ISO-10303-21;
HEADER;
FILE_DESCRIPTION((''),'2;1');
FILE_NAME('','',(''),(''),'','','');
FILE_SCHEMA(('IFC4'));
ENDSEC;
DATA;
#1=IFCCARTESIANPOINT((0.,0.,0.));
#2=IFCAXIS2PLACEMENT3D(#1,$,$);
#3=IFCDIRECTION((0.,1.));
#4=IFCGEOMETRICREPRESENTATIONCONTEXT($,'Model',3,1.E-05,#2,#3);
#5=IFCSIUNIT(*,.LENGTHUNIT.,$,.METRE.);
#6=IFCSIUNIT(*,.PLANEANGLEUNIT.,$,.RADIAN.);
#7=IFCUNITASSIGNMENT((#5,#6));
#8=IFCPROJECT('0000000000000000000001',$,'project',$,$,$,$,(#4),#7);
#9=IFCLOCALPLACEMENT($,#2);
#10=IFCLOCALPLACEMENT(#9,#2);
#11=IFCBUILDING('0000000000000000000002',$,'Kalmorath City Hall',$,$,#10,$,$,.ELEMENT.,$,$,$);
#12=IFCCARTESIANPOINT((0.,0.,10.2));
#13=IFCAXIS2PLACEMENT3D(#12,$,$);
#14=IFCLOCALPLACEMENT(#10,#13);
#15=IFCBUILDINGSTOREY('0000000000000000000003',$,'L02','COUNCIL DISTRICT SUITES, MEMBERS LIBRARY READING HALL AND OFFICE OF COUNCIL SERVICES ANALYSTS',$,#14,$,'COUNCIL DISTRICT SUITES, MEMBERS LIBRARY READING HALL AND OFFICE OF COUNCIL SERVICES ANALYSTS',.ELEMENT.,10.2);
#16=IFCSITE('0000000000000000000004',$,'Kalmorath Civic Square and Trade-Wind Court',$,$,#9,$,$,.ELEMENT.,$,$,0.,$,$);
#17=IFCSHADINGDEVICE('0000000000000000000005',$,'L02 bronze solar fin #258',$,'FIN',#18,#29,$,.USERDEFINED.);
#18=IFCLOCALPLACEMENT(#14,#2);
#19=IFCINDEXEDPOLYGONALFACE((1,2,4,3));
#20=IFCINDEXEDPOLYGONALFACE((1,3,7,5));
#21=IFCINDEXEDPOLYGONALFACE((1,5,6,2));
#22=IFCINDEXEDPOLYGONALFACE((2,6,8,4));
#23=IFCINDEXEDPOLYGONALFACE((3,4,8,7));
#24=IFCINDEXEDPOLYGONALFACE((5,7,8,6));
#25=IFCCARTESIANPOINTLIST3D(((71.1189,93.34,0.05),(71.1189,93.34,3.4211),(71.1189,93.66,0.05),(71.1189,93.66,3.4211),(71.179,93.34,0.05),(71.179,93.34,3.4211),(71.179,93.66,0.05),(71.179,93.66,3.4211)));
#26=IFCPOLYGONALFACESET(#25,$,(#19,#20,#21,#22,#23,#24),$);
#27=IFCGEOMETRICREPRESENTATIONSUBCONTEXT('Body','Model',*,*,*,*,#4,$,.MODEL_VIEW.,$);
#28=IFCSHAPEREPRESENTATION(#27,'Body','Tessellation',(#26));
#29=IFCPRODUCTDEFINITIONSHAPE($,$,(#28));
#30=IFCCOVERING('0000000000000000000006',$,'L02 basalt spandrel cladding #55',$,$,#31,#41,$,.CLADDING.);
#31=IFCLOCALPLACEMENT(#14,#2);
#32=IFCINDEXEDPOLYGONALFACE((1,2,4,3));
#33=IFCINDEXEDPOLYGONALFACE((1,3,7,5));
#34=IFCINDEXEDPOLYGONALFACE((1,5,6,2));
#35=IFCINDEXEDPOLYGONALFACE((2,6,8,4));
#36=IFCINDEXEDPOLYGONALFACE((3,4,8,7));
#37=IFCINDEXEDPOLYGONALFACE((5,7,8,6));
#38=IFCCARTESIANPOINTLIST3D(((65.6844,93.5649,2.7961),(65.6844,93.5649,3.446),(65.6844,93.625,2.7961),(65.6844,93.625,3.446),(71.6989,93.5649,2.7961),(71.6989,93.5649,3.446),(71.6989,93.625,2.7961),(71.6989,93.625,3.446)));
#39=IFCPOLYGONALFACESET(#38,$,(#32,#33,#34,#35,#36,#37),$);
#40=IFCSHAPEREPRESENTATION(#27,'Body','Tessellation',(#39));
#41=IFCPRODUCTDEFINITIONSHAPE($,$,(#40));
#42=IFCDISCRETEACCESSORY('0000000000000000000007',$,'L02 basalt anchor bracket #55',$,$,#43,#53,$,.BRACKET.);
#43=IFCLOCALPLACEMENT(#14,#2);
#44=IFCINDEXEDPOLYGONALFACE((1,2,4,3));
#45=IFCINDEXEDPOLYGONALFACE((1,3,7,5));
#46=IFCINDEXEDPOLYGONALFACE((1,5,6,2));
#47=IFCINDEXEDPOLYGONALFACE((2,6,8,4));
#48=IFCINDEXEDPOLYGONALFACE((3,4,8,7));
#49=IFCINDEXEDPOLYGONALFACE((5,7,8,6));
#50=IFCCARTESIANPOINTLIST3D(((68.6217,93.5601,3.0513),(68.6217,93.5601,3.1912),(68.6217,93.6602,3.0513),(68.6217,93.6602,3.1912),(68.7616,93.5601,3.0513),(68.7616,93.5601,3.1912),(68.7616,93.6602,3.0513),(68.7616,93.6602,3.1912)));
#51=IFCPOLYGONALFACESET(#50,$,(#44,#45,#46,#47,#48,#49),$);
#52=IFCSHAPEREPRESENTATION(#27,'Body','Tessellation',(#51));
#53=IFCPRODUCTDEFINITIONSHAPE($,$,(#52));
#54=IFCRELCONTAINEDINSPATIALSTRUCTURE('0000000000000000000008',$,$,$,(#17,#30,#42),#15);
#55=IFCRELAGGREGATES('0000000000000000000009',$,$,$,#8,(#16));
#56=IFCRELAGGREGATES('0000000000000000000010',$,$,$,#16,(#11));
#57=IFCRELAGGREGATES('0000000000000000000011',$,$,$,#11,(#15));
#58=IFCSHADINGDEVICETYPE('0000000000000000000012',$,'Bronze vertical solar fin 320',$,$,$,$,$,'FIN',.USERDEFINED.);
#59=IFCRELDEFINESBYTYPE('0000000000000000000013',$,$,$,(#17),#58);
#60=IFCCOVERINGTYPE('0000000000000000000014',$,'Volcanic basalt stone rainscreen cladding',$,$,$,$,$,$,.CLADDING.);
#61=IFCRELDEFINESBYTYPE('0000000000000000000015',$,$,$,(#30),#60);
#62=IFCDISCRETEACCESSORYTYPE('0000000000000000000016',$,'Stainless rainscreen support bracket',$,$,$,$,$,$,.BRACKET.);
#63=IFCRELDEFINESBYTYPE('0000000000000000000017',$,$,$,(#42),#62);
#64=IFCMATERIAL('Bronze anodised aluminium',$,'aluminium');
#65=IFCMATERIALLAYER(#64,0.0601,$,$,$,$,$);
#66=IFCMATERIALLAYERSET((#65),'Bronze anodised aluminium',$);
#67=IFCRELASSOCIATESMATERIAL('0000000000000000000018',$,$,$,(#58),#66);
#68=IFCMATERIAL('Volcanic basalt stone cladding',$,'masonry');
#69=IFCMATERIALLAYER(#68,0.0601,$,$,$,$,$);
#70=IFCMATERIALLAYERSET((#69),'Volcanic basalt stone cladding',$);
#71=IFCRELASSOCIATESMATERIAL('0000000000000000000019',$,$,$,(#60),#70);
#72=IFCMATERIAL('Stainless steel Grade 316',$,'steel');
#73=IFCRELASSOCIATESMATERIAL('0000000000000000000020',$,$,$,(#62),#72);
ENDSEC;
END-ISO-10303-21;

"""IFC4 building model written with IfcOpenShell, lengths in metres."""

from ifc_helpers import new_model, si_unit, direction, frame, origin, origin_2d, place, context, subcontext, project, spatial, rectangle, extrude, material, layer, layer_set, type_object, element, save


model = new_model("IFC4")

# Units and contexts
model_context = context("Model", 3, precision=1e-05, world=origin(), true_north=direction((0.0, 1.0)))
body_context = subcontext(model_context, "Body", "Model", "MODEL_VIEW")
ifc_project = project(units=[si_unit("LENGTHUNIT", "METRE"), si_unit("PLANEANGLEUNIT", "RADIAN")], contexts=[model_context])

# Site, building, storey
site_placement = place(None, origin())
site = spatial("IfcSite", under=ifc_project, at=site_placement, Name="Kalmorath Civic Square and Trade-Wind Court", CompositionType="ELEMENT", RefElevation=0.0)
building_placement = place(site_placement, origin())
building = spatial("IfcBuilding", under=site, at=building_placement, Name="Kalmorath City Hall", CompositionType="ELEMENT")
storey_placement = place(building_placement, frame((0.0, 0.0, 10.2)))
storey = spatial("IfcBuildingStorey", under=building, at=storey_placement, Name="L02", Description="COUNCIL DISTRICT SUITES, MEMBERS LIBRARY READING HALL AND OFFICE OF COUNCIL SERVICES ANALYSTS", LongName="COUNCIL DISTRICT SUITES, MEMBERS LIBRARY READING HALL AND OFFICE OF COUNCIL SERVICES ANALYSTS", CompositionType="ELEMENT", Elevation=10.2)

# Shading device
ifc_material_1 = material(Name="Bronze anodised aluminium", Category="aluminium")
ifc_layer_1 = layer(ifc_material_1, 0.0601)
ifc_layer_set_1 = layer_set([ifc_layer_1], Name="Bronze anodised aluminium")
shading_device_type = type_object("IfcShadingDeviceType", Name="Bronze vertical solar fin 320", ElementType="FIN", PredefinedType="USERDEFINED", material=ifc_layer_set_1)
shading_device_placement = place(storey_placement, frame((71.1489, 93.5, 0.05), z_axis=(0.0, 0.0, 1.0), x_axis=(-1.0, 0.0, 0.0)))
element("IfcShadingDevice", 1, at=shading_device_placement, inside=storey, type_object=shading_device_type, Name="L02 bronze solar fin #258", ObjectType="FIN", PredefinedType="USERDEFINED", context=body_context, shape_type="SweptSolid", body=[
    extrude(rectangle(XDim=0.0601, YDim=0.3201, at=origin_2d()), origin(), (0.0, 0.0, 1.0), 3.3711),
])

# Covering
ifc_material_2 = material(Name="Volcanic basalt stone cladding", Category="masonry")
ifc_layer_2 = layer(ifc_material_2, 0.0601)
ifc_layer_set_2 = layer_set([ifc_layer_2], Name="Volcanic basalt stone cladding")
covering_type = type_object("IfcCoveringType", Name="Volcanic basalt stone rainscreen cladding", PredefinedType="CLADDING", material=ifc_layer_set_2)
covering_placement = place(storey_placement, frame((68.6917, 93.595, 2.7961), z_axis=(0.0, 0.0, 1.0), x_axis=(-1.0, 0.0, 0.0)))
element("IfcCovering", 2, at=covering_placement, inside=storey, type_object=covering_type, Name="L02 basalt spandrel cladding #55", PredefinedType="CLADDING", context=body_context, shape_type="SweptSolid", body=[
    extrude(rectangle(XDim=6.0144, YDim=0.0601, at=origin_2d()), origin(), (0.0, 0.0, 1.0), 0.6499),
])

# Discrete accessory
ifc_material_3 = material(Name="Stainless steel Grade 316", Category="steel")
discrete_accessory_type = type_object("IfcDiscreteAccessoryType", Name="Stainless rainscreen support bracket", PredefinedType="BRACKET", material=ifc_material_3)
discrete_accessory_placement = place(storey_placement, frame((68.6917, 93.6101, 3.0513), z_axis=(0.0, 0.0, 1.0), x_axis=(-1.0, 0.0, 0.0)))
element("IfcDiscreteAccessory", 3, at=discrete_accessory_placement, inside=storey, type_object=discrete_accessory_type, Name="L02 basalt anchor bracket #55", PredefinedType="BRACKET", context=body_context, shape_type="SweptSolid", body=[
    extrude(rectangle(XDim=0.1399, YDim=0.1001, at=origin_2d()), origin(), (0.0, 0.0, 1.0), 0.1399),
])

save(model, "model.ifc")
